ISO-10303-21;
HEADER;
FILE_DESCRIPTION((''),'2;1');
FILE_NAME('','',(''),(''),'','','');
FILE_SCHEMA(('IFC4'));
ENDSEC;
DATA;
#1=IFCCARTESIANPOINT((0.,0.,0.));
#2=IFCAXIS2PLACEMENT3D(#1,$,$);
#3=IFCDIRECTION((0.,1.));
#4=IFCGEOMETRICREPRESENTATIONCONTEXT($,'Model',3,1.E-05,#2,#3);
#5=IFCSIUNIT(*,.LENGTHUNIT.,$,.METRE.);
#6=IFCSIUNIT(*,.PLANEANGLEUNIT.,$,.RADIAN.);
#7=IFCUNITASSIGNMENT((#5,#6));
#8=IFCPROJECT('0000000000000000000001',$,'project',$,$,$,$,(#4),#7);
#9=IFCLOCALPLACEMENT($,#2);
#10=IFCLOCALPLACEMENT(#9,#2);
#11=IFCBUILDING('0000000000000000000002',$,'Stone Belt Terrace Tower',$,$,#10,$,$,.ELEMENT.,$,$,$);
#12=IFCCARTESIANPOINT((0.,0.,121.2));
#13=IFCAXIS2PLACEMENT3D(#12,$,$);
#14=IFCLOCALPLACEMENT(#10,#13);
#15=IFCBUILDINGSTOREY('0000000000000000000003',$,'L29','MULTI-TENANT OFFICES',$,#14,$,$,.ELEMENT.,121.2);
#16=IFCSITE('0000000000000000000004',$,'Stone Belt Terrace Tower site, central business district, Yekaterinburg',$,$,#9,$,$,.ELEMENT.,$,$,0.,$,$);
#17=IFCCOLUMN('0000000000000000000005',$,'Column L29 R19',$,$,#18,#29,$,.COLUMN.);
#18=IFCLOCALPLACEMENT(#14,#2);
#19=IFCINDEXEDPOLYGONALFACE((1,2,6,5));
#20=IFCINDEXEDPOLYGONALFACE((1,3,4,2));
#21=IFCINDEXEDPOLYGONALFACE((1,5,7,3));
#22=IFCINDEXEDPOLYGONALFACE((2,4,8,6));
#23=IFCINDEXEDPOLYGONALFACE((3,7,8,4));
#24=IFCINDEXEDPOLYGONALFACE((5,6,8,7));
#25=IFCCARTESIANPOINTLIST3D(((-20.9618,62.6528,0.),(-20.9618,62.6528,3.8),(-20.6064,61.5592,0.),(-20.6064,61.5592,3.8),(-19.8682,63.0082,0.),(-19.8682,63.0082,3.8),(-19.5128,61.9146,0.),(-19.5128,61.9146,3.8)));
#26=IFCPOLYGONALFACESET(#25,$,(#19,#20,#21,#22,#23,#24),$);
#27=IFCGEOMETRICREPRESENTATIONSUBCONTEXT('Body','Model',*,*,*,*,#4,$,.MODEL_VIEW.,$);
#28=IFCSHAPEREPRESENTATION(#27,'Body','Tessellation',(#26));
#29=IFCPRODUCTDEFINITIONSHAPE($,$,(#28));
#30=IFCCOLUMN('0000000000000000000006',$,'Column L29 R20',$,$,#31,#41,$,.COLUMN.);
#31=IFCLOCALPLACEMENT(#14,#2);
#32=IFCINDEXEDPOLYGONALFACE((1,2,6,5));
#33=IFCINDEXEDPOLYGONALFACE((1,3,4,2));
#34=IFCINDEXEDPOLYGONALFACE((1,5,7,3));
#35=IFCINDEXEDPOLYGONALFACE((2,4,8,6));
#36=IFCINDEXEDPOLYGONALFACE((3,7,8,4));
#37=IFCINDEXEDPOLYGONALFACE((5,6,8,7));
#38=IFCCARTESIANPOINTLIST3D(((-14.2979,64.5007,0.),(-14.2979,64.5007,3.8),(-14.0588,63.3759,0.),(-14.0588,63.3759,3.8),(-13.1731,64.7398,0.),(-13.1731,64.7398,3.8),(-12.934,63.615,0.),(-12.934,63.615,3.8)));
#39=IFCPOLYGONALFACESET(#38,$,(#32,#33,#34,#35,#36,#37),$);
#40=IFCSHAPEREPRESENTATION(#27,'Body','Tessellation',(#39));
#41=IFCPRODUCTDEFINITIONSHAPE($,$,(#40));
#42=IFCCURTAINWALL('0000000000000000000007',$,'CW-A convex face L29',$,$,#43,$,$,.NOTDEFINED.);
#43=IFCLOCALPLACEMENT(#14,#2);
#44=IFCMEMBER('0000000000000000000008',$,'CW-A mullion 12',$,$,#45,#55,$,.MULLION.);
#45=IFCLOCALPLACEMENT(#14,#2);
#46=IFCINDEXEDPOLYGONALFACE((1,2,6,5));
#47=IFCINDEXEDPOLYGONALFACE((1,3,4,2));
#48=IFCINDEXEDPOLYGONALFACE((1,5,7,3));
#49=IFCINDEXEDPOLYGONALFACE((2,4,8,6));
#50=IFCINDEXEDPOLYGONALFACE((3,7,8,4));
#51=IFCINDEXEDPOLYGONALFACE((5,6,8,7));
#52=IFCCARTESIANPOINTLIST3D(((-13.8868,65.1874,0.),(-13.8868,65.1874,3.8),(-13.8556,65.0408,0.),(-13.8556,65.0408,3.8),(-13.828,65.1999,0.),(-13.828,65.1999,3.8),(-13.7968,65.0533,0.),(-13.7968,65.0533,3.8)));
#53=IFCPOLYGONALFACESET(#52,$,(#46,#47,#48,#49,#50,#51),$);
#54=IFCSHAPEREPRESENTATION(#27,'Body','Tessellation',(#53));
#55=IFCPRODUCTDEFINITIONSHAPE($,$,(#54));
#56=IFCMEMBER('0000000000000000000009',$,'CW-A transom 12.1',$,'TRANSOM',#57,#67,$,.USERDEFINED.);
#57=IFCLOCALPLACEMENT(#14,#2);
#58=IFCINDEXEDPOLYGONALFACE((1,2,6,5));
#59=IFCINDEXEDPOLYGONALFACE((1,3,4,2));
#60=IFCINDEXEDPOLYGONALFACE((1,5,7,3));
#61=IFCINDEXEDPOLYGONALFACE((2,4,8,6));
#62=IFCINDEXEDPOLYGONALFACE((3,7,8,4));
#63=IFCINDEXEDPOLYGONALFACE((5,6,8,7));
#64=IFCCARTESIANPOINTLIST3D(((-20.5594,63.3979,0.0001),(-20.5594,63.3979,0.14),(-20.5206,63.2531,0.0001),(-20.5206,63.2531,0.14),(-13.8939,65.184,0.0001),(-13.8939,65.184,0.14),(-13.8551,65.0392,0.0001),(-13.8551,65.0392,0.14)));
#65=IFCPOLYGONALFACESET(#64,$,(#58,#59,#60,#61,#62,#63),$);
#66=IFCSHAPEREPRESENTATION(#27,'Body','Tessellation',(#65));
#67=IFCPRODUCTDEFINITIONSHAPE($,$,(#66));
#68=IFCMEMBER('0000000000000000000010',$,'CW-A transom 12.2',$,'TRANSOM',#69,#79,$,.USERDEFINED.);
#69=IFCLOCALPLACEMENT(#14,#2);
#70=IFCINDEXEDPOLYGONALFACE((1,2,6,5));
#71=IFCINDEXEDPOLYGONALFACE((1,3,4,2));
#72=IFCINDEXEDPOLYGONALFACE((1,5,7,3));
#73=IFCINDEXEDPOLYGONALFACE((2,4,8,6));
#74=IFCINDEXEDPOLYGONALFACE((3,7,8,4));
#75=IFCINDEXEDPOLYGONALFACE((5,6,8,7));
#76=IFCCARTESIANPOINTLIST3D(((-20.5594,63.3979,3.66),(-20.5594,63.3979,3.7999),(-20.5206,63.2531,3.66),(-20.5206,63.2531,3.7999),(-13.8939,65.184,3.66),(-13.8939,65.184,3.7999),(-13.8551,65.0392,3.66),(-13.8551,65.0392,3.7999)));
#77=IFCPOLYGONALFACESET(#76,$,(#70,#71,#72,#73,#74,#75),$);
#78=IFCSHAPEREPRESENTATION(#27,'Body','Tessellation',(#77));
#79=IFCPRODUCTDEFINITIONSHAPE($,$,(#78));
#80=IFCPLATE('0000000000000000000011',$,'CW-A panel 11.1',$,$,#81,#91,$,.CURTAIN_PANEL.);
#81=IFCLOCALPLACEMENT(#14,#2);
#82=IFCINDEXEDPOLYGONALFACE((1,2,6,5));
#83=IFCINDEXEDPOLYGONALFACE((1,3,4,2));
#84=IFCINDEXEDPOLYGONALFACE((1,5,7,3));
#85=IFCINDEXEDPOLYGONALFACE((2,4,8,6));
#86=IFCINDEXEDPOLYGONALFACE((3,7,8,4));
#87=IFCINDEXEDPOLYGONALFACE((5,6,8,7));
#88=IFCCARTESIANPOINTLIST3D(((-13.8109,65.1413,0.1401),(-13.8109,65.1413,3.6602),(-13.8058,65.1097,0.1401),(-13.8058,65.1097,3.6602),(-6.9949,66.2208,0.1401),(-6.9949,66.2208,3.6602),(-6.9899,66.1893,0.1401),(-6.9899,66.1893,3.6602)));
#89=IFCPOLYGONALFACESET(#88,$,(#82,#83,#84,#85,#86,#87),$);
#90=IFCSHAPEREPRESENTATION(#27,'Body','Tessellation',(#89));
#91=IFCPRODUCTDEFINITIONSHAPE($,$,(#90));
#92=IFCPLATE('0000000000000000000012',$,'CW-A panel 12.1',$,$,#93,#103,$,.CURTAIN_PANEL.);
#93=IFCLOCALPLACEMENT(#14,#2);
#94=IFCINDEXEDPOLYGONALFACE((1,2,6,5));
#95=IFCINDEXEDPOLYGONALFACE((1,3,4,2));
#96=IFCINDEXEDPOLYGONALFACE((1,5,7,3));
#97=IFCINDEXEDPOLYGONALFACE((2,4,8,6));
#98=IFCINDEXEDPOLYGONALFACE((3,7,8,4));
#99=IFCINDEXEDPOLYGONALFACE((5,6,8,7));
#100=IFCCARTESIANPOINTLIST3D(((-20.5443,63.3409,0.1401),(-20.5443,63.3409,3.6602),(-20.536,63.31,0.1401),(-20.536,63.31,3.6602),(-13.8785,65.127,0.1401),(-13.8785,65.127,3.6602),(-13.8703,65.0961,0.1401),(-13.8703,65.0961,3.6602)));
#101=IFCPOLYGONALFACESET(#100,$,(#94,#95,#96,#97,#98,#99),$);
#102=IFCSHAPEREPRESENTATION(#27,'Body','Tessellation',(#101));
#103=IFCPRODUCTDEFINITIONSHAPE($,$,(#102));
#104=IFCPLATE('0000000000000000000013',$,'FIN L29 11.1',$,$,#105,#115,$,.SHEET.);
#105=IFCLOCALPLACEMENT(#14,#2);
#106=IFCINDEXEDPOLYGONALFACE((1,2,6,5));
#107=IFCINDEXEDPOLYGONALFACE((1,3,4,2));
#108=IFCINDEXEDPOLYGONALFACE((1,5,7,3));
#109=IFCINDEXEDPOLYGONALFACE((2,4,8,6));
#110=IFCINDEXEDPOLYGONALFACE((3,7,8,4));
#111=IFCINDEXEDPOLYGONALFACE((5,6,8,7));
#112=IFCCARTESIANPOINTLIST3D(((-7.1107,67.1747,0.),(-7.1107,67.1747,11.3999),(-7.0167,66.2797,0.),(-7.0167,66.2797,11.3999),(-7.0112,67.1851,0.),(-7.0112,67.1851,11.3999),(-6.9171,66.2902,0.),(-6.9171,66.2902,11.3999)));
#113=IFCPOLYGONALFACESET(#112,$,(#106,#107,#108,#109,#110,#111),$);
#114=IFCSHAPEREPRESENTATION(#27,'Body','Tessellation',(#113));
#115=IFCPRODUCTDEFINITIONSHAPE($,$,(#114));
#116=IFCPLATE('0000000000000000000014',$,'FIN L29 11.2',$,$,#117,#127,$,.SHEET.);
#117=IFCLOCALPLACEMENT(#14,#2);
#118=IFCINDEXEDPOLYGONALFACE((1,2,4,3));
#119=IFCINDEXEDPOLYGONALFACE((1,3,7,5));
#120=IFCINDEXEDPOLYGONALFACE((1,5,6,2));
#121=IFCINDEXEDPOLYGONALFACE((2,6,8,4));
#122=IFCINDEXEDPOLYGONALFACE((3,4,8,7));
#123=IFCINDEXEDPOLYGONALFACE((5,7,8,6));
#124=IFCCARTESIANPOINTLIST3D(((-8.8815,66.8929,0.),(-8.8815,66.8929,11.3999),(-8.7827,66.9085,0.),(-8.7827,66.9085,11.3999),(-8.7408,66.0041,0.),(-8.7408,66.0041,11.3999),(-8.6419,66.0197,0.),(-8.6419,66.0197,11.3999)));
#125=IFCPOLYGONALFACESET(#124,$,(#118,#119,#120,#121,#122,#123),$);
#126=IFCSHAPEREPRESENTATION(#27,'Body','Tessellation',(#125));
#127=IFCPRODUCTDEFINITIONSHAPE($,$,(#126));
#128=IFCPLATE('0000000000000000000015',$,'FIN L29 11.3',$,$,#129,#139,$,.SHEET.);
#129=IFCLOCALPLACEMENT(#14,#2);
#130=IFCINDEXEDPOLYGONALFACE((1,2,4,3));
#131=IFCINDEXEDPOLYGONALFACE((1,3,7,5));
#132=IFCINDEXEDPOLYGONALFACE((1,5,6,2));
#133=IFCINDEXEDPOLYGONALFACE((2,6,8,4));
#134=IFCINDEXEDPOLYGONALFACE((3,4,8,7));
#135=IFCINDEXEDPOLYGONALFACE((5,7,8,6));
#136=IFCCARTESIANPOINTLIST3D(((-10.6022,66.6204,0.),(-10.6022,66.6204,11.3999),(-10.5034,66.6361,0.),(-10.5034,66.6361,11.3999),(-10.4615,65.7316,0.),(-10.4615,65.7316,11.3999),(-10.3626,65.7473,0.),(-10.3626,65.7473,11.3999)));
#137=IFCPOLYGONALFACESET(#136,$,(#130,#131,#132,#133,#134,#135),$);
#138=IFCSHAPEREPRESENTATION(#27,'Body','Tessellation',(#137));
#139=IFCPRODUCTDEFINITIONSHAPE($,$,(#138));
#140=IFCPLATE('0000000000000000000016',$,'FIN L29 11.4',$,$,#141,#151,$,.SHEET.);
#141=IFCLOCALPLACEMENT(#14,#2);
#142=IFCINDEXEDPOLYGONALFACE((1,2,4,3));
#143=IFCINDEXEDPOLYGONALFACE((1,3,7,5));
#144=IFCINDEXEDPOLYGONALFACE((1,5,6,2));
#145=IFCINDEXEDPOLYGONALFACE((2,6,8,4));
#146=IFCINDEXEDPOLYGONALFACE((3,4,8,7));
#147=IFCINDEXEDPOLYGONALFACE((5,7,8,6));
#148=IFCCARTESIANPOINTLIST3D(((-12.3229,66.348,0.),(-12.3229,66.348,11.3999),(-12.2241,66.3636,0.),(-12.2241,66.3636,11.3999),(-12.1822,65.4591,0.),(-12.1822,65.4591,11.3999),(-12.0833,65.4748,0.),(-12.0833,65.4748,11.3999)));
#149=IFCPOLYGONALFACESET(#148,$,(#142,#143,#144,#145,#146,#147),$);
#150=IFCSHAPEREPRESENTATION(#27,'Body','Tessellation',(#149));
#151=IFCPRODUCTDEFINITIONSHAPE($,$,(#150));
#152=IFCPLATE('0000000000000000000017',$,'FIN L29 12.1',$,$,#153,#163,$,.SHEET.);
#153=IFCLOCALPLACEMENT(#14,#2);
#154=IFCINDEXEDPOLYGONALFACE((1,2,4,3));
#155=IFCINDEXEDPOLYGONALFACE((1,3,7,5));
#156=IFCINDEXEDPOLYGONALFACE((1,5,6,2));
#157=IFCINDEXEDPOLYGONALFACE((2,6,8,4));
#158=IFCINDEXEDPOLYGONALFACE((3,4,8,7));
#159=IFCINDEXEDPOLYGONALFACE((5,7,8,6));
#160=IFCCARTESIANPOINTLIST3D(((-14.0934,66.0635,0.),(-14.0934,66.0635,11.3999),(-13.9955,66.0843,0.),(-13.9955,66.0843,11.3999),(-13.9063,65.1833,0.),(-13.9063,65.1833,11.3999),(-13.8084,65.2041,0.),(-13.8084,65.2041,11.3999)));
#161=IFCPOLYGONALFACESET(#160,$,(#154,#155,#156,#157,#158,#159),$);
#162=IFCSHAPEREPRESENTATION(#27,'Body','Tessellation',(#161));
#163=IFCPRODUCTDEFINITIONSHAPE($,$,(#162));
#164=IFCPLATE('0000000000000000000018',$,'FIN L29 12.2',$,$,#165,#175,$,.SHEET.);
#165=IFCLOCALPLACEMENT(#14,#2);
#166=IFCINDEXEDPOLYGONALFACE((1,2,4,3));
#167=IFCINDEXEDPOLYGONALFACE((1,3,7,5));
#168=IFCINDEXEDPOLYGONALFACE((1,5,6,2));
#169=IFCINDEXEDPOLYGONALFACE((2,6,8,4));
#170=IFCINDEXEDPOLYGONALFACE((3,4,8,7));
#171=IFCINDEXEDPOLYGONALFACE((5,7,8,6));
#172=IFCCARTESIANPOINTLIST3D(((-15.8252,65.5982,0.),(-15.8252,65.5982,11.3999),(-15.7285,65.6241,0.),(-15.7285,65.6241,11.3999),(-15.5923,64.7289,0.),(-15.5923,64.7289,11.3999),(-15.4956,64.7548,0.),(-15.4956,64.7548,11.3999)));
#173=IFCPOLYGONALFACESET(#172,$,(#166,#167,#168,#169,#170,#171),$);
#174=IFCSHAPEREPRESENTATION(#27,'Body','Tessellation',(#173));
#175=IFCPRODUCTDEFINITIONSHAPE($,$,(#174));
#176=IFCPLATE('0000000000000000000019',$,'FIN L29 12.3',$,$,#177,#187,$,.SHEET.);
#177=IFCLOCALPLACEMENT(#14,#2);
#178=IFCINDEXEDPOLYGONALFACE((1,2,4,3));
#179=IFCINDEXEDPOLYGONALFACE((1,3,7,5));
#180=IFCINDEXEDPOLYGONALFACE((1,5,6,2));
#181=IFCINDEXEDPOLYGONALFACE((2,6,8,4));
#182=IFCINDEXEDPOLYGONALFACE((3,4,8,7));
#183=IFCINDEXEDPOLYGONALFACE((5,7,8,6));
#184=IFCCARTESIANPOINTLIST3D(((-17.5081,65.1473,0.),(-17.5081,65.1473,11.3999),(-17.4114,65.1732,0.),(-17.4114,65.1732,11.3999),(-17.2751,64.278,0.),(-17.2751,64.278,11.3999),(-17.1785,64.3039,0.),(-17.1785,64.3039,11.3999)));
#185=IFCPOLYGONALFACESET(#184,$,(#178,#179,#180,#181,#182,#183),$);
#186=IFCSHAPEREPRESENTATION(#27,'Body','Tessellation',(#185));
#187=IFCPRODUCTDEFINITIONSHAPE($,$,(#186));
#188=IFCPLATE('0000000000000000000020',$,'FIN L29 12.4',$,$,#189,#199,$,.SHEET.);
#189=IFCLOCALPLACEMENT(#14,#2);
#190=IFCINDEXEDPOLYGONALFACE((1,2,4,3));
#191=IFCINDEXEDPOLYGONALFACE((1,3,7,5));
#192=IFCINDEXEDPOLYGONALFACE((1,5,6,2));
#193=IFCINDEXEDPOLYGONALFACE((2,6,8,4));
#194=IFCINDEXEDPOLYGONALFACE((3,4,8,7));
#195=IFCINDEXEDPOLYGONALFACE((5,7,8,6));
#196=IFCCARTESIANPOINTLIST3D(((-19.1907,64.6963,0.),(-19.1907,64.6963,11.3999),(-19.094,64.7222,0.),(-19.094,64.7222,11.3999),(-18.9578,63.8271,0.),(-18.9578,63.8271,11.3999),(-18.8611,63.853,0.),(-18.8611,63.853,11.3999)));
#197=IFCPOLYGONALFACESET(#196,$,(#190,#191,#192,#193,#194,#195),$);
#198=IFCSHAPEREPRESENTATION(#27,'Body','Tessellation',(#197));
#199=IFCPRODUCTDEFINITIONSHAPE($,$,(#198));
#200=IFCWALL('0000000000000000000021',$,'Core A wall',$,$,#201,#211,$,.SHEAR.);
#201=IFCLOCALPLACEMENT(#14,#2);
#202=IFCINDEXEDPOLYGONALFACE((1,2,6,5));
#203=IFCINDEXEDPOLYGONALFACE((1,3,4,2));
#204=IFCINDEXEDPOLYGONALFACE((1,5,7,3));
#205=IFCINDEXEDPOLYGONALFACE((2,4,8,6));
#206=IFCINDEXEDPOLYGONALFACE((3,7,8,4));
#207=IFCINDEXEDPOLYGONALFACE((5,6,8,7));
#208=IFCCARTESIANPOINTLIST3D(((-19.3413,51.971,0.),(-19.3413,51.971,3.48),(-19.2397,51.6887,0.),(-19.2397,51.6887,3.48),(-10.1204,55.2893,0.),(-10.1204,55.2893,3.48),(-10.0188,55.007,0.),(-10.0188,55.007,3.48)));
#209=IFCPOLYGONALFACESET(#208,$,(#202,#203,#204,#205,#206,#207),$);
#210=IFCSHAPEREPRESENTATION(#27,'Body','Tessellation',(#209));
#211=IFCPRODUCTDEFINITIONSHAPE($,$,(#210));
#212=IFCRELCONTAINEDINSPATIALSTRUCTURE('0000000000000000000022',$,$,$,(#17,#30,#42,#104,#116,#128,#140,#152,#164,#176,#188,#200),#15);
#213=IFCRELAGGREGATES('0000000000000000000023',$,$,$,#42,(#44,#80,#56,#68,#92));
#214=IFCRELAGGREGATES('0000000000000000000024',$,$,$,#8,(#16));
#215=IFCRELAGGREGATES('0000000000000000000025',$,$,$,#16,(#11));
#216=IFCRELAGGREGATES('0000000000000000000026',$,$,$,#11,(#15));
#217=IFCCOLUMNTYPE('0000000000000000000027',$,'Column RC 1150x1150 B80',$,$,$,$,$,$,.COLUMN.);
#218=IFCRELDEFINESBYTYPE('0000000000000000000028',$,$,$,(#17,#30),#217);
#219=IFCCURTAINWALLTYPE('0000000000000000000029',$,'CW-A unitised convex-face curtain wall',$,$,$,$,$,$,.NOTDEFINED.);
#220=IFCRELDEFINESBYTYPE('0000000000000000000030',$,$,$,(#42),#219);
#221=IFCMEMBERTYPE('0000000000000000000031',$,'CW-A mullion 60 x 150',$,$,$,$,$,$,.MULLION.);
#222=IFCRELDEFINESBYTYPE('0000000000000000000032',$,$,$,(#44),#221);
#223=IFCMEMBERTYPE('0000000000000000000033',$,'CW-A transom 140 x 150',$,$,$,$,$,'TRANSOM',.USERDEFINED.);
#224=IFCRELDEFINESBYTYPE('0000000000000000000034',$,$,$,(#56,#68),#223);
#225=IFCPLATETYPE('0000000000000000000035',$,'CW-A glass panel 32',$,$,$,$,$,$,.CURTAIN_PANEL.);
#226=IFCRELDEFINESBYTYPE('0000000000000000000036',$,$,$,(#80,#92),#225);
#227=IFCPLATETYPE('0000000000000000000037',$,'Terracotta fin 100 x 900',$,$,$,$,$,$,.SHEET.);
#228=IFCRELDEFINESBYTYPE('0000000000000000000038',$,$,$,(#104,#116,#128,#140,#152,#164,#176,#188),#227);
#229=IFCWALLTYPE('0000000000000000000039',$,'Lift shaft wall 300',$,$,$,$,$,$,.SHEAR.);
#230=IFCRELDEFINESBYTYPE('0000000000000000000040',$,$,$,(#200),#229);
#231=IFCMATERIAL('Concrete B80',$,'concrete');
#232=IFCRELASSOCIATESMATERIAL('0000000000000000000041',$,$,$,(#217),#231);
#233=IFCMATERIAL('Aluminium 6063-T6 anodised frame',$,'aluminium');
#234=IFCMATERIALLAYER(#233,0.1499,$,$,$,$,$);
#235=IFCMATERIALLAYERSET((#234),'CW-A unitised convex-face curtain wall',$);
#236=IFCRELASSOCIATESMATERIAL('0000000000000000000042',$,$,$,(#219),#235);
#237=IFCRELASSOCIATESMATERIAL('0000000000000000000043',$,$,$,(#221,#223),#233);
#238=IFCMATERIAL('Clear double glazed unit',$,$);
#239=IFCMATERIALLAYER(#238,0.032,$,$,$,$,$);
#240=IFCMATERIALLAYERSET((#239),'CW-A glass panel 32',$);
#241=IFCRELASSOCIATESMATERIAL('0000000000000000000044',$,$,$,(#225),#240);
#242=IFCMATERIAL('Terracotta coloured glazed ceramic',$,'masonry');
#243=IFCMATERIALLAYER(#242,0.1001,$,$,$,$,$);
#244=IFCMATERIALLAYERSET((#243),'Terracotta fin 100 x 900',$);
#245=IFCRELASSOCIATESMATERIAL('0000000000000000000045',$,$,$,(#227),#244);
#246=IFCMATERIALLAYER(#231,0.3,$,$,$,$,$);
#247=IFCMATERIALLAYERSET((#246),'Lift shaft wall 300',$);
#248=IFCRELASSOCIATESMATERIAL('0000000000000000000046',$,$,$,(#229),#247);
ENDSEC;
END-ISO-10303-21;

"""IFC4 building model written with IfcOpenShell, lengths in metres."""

from ifc_helpers import new_model, si_unit, direction, frame, frame_2d, origin, origin_2d, place, context, subcontext, project, spatial, rectangle, extrude, material, layer, layer_set, material_profile, profile_set, type_object, element, aggregate, save


model = new_model("IFC4")

# Units and contexts
model_context = context("Model", 3, precision=1e-05, world=origin(), true_north=direction((0.0, 1.0)))
body_context = subcontext(model_context, "Body", "Model", "MODEL_VIEW")
ifc_project = project(units=[si_unit("LENGTHUNIT", "METRE"), si_unit("PLANEANGLEUNIT", "RADIAN")], contexts=[model_context])

# Site, building, storey
site_placement = place(None, origin())
site = spatial("IfcSite", under=ifc_project, at=site_placement, Name="Stone Belt Terrace Tower site, central business district, Yekaterinburg", CompositionType="ELEMENT", RefElevation=0.0)
building_placement = place(site_placement, origin())
building = spatial("IfcBuilding", under=site, at=building_placement, Name="Stone Belt Terrace Tower", CompositionType="ELEMENT")
storey_placement = place(building_placement, frame((0.0, 0.0, 121.2)))
storey = spatial("IfcBuildingStorey", under=building, at=storey_placement, Name="L29", Description="MULTI-TENANT OFFICES", CompositionType="ELEMENT", Elevation=121.2)

# Columns
ifc_material_1 = material(Name="Concrete B80", Category="concrete")
ifc_material_profile_1 = material_profile(ifc_material_1, rectangle(XDim=1.1499, YDim=1.1499, at=origin_2d()), Name="RC 1150x1150")
ifc_profile_set_1 = profile_set([ifc_material_profile_1], Name="Concrete B80")
column_type = type_object("IfcColumnType", Name="Column RC 1150x1150 B80", PredefinedType="COLUMN", material=ifc_profile_set_1)
for number, where, z_axis, x_axis, name in (
    (1, (-20.2373, 62.2837, 0.0), (0.0, 0.0, 1.0), (0.951057, 0.309017, 0.0), "Column L29 R19"),
    (2, (-13.616, 64.0579, 0.0), (0.0, 0.0, 1.0), (0.978148, 0.207912, 0.0), "Column L29 R20"),
):
    element("IfcColumn", number, at=place(storey_placement, frame(where, z_axis=z_axis, x_axis=x_axis)), inside=storey, type_object=column_type, Name=name, PredefinedType="COLUMN", context=body_context, shape_type="SweptSolid", body=[
        extrude(rectangle(XDim=1.1499, YDim=1.1499, at=origin_2d()), origin(), (0.0, 0.0, 1.0), 3.8),
    ])

# Curtain wall, members, plates
ifc_material_2 = material(Name="Aluminium 6063-T6 anodised frame", Category="aluminium")
ifc_layer_1 = layer(ifc_material_2, 0.1499)
ifc_layer_set_1 = layer_set([ifc_layer_1], Name="CW-A unitised convex-face curtain wall")
curtain_wall_type = type_object("IfcCurtainWallType", Name="CW-A unitised convex-face curtain wall", PredefinedType="NOTDEFINED", material=ifc_layer_set_1)
curtain_wall_placement = place(storey_placement, origin())
curtain_wall = element("IfcCurtainWall", 3, at=curtain_wall_placement, inside=storey, type_object=curtain_wall_type, Name="CW-A convex face L29", PredefinedType="NOTDEFINED")
ifc_material_profile_2 = material_profile(ifc_material_2, rectangle(XDim=0.1499, YDim=0.0601, at=origin_2d()), Name="Aluminium 6063-T6 60x150")
ifc_profile_set_2 = profile_set([ifc_material_profile_2], Name="Aluminium 6063-T6 anodised frame")
member_type_1 = type_object("IfcMemberType", Name="CW-A mullion 60 x 150", PredefinedType="MULLION", material=ifc_profile_set_2)
member_1_placement = place(storey_placement, frame((-13.8418, 65.1204, 0.0), z_axis=(0.0, 0.0, 1.0), x_axis=(0.207912, -0.978148, 0.0)))
member_1 = element("IfcMember", 4, at=member_1_placement, type_object=member_type_1, Name="CW-A mullion 12", PredefinedType="MULLION", context=body_context, shape_type="SweptSolid", body=[
    extrude(rectangle(XDim=0.1499, YDim=0.0601, at=origin_2d()), origin(), (0.0, 0.0, 1.0), 3.8),
])
ifc_material_profile_3 = material_profile(ifc_material_2, rectangle(XDim=0.1499, YDim=0.1399, at=origin_2d()), Name="Aluminium 6063-T6 150x140")
ifc_profile_set_3 = profile_set([ifc_material_profile_3], Name="Aluminium 6063-T6 anodised frame")
member_type_2 = type_object("IfcMemberType", Name="CW-A transom 140 x 150", ElementType="TRANSOM", PredefinedType="USERDEFINED", material=ifc_profile_set_3)
member_2_placement = place(storey_placement, frame((-13.8745, 65.1116, 0.0701), z_axis=(-0.965922, -0.258834, 0.0), x_axis=(0.258834, -0.965922, 0.0)))
member_2 = element("IfcMember", 5, at=member_2_placement, type_object=member_type_2, Name="CW-A transom 12.1", ObjectType="TRANSOM", PredefinedType="USERDEFINED", context=body_context, shape_type="SweptSolid", body=[
    extrude(rectangle(XDim=0.1499, YDim=0.1399, at=origin_2d()), origin(), (0.0, 0.0, 1.0), 6.9006),
])
member_3_placement = place(storey_placement, frame((-13.8745, 65.1116, 3.73), z_axis=(-0.965922, -0.258834, 0.0), x_axis=(0.258834, -0.965922, 0.0)))
member_3 = element("IfcMember", 6, at=member_3_placement, type_object=member_type_2, Name="CW-A transom 12.2", ObjectType="TRANSOM", PredefinedType="USERDEFINED", context=body_context, shape_type="SweptSolid", body=[
    extrude(rectangle(XDim=0.1499, YDim=0.1399, at=origin_2d()), origin(), (0.0, 0.0, 1.0), 6.9006),
])
ifc_material_3 = material(Name="Clear double glazed unit")
ifc_layer_2 = layer(ifc_material_3, 0.032)
ifc_layer_set_2 = layer_set([ifc_layer_2], Name="CW-A glass panel 32")
plate_type_1 = type_object("IfcPlateType", Name="CW-A glass panel 32", PredefinedType="CURTAIN_PANEL", material=ifc_layer_set_2)
plate_1_placement = place(storey_placement, frame((-10.4004, 65.6653, 0.1401), z_axis=(0.0, 0.0, 1.0), x_axis=(-0.987688, -0.156434, 0.0)))
plate_1 = element("IfcPlate", 7, at=plate_1_placement, type_object=plate_type_1, Name="CW-A panel 11.1", PredefinedType="CURTAIN_PANEL", context=body_context, shape_type="SweptSolid", body=[
    extrude(rectangle(XDim=6.9009, YDim=0.032, at=origin_2d()), origin(), (0.0, 0.0, 1.0), 3.52),
])
plate_2_placement = place(storey_placement, frame((-17.2073, 64.2185, 0.1401), z_axis=(0.0, 0.0, 1.0), x_axis=(-0.965926, -0.258819, 0.0)))
plate_2 = element("IfcPlate", 8, at=plate_2_placement, type_object=plate_type_1, Name="CW-A panel 12.1", PredefinedType="CURTAIN_PANEL", context=body_context, shape_type="SweptSolid", body=[
    extrude(rectangle(XDim=6.9009, YDim=0.032, at=origin_2d()), origin(), (0.0, 0.0, 1.0), 3.52),
])
aggregate(curtain_wall, [member_1, plate_1, member_2, member_3, plate_2])

# Plates
ifc_material_4 = material(Name="Terracotta coloured glazed ceramic", Category="masonry")
ifc_layer_3 = layer(ifc_material_4, 0.1001)
ifc_layer_set_3 = layer_set([ifc_layer_3], Name="Terracotta fin 100 x 900")
plate_type_2 = type_object("IfcPlateType", Name="Terracotta fin 100 x 900", PredefinedType="SHEET", material=ifc_layer_set_3)
for number, where, z_axis, x_axis, name in (
    (9, (-7.0139, 66.7324, 0.0), (0.0, 0.0, 1.0), (-0.104528, 0.994522, 0.0), "FIN L29 11.1"),
    (10, (-8.7617, 66.4563, 0.0), (0.0, 0.0, 1.0), (-0.156434, 0.987688, 0.0), "FIN L29 11.2"),
    (11, (-10.4824, 66.1838, 0.0), (0.0, 0.0, 1.0), (-0.156434, 0.987688, 0.0), "FIN L29 11.3"),
    (12, (-12.2031, 65.9114, 0.0), (0.0, 0.0, 1.0), (-0.156434, 0.987688, 0.0), "FIN L29 11.4"),
    (13, (-13.9509, 65.6338, 0.0), (0.0, 0.0, 1.0), (-0.207912, 0.978148, 0.0), "FIN L29 12.1"),
    (14, (-15.6604, 65.1765, 0.0), (0.0, 0.0, 1.0), (-0.258819, 0.965926, 0.0), "FIN L29 12.2"),
    (15, (-17.3433, 64.7256, 0.0), (0.0, 0.0, 1.0), (-0.258819, 0.965926, 0.0), "FIN L29 12.3"),
    (16, (-19.0259, 64.2747, 0.0), (0.0, 0.0, 1.0), (-0.258819, 0.965926, 0.0), "FIN L29 12.4"),
):
    element("IfcPlate", number, at=place(storey_placement, frame(where, z_axis=z_axis, x_axis=x_axis)), inside=storey, type_object=plate_type_2, Name=name, PredefinedType="SHEET", context=body_context, shape_type="SweptSolid", body=[
        extrude(rectangle(XDim=0.8999, YDim=0.1001, at=origin_2d()), origin(), (0.0, 0.0, 1.0), 11.3999),
    ])

# Wall
ifc_layer_4 = layer(ifc_material_1, 0.3)
ifc_layer_set_4 = layer_set([ifc_layer_4], Name="Lift shaft wall 300")
wall_type_1 = type_object("IfcWallType", Name="Lift shaft wall 300", PredefinedType="SHEAR", material=ifc_layer_set_4)
wall_1_placement = place(storey_placement, frame((-19.2905, 51.8298, 0.0), z_axis=(0.0, 0.0, 1.0), x_axis=(0.940926, 0.338613, 0.0)))
element("IfcWall", 17, at=wall_1_placement, inside=storey, type_object=wall_type_1, Name="Core A wall", PredefinedType="SHEAR", context=body_context, shape_type="SweptSolid", body=[
    extrude(rectangle(XDim=9.7998, YDim=0.3, at=frame_2d((4.8999, 0.0))), origin(), (0.0, 0.0, 1.0), 3.48),
])

save(model, "model.ifc")
